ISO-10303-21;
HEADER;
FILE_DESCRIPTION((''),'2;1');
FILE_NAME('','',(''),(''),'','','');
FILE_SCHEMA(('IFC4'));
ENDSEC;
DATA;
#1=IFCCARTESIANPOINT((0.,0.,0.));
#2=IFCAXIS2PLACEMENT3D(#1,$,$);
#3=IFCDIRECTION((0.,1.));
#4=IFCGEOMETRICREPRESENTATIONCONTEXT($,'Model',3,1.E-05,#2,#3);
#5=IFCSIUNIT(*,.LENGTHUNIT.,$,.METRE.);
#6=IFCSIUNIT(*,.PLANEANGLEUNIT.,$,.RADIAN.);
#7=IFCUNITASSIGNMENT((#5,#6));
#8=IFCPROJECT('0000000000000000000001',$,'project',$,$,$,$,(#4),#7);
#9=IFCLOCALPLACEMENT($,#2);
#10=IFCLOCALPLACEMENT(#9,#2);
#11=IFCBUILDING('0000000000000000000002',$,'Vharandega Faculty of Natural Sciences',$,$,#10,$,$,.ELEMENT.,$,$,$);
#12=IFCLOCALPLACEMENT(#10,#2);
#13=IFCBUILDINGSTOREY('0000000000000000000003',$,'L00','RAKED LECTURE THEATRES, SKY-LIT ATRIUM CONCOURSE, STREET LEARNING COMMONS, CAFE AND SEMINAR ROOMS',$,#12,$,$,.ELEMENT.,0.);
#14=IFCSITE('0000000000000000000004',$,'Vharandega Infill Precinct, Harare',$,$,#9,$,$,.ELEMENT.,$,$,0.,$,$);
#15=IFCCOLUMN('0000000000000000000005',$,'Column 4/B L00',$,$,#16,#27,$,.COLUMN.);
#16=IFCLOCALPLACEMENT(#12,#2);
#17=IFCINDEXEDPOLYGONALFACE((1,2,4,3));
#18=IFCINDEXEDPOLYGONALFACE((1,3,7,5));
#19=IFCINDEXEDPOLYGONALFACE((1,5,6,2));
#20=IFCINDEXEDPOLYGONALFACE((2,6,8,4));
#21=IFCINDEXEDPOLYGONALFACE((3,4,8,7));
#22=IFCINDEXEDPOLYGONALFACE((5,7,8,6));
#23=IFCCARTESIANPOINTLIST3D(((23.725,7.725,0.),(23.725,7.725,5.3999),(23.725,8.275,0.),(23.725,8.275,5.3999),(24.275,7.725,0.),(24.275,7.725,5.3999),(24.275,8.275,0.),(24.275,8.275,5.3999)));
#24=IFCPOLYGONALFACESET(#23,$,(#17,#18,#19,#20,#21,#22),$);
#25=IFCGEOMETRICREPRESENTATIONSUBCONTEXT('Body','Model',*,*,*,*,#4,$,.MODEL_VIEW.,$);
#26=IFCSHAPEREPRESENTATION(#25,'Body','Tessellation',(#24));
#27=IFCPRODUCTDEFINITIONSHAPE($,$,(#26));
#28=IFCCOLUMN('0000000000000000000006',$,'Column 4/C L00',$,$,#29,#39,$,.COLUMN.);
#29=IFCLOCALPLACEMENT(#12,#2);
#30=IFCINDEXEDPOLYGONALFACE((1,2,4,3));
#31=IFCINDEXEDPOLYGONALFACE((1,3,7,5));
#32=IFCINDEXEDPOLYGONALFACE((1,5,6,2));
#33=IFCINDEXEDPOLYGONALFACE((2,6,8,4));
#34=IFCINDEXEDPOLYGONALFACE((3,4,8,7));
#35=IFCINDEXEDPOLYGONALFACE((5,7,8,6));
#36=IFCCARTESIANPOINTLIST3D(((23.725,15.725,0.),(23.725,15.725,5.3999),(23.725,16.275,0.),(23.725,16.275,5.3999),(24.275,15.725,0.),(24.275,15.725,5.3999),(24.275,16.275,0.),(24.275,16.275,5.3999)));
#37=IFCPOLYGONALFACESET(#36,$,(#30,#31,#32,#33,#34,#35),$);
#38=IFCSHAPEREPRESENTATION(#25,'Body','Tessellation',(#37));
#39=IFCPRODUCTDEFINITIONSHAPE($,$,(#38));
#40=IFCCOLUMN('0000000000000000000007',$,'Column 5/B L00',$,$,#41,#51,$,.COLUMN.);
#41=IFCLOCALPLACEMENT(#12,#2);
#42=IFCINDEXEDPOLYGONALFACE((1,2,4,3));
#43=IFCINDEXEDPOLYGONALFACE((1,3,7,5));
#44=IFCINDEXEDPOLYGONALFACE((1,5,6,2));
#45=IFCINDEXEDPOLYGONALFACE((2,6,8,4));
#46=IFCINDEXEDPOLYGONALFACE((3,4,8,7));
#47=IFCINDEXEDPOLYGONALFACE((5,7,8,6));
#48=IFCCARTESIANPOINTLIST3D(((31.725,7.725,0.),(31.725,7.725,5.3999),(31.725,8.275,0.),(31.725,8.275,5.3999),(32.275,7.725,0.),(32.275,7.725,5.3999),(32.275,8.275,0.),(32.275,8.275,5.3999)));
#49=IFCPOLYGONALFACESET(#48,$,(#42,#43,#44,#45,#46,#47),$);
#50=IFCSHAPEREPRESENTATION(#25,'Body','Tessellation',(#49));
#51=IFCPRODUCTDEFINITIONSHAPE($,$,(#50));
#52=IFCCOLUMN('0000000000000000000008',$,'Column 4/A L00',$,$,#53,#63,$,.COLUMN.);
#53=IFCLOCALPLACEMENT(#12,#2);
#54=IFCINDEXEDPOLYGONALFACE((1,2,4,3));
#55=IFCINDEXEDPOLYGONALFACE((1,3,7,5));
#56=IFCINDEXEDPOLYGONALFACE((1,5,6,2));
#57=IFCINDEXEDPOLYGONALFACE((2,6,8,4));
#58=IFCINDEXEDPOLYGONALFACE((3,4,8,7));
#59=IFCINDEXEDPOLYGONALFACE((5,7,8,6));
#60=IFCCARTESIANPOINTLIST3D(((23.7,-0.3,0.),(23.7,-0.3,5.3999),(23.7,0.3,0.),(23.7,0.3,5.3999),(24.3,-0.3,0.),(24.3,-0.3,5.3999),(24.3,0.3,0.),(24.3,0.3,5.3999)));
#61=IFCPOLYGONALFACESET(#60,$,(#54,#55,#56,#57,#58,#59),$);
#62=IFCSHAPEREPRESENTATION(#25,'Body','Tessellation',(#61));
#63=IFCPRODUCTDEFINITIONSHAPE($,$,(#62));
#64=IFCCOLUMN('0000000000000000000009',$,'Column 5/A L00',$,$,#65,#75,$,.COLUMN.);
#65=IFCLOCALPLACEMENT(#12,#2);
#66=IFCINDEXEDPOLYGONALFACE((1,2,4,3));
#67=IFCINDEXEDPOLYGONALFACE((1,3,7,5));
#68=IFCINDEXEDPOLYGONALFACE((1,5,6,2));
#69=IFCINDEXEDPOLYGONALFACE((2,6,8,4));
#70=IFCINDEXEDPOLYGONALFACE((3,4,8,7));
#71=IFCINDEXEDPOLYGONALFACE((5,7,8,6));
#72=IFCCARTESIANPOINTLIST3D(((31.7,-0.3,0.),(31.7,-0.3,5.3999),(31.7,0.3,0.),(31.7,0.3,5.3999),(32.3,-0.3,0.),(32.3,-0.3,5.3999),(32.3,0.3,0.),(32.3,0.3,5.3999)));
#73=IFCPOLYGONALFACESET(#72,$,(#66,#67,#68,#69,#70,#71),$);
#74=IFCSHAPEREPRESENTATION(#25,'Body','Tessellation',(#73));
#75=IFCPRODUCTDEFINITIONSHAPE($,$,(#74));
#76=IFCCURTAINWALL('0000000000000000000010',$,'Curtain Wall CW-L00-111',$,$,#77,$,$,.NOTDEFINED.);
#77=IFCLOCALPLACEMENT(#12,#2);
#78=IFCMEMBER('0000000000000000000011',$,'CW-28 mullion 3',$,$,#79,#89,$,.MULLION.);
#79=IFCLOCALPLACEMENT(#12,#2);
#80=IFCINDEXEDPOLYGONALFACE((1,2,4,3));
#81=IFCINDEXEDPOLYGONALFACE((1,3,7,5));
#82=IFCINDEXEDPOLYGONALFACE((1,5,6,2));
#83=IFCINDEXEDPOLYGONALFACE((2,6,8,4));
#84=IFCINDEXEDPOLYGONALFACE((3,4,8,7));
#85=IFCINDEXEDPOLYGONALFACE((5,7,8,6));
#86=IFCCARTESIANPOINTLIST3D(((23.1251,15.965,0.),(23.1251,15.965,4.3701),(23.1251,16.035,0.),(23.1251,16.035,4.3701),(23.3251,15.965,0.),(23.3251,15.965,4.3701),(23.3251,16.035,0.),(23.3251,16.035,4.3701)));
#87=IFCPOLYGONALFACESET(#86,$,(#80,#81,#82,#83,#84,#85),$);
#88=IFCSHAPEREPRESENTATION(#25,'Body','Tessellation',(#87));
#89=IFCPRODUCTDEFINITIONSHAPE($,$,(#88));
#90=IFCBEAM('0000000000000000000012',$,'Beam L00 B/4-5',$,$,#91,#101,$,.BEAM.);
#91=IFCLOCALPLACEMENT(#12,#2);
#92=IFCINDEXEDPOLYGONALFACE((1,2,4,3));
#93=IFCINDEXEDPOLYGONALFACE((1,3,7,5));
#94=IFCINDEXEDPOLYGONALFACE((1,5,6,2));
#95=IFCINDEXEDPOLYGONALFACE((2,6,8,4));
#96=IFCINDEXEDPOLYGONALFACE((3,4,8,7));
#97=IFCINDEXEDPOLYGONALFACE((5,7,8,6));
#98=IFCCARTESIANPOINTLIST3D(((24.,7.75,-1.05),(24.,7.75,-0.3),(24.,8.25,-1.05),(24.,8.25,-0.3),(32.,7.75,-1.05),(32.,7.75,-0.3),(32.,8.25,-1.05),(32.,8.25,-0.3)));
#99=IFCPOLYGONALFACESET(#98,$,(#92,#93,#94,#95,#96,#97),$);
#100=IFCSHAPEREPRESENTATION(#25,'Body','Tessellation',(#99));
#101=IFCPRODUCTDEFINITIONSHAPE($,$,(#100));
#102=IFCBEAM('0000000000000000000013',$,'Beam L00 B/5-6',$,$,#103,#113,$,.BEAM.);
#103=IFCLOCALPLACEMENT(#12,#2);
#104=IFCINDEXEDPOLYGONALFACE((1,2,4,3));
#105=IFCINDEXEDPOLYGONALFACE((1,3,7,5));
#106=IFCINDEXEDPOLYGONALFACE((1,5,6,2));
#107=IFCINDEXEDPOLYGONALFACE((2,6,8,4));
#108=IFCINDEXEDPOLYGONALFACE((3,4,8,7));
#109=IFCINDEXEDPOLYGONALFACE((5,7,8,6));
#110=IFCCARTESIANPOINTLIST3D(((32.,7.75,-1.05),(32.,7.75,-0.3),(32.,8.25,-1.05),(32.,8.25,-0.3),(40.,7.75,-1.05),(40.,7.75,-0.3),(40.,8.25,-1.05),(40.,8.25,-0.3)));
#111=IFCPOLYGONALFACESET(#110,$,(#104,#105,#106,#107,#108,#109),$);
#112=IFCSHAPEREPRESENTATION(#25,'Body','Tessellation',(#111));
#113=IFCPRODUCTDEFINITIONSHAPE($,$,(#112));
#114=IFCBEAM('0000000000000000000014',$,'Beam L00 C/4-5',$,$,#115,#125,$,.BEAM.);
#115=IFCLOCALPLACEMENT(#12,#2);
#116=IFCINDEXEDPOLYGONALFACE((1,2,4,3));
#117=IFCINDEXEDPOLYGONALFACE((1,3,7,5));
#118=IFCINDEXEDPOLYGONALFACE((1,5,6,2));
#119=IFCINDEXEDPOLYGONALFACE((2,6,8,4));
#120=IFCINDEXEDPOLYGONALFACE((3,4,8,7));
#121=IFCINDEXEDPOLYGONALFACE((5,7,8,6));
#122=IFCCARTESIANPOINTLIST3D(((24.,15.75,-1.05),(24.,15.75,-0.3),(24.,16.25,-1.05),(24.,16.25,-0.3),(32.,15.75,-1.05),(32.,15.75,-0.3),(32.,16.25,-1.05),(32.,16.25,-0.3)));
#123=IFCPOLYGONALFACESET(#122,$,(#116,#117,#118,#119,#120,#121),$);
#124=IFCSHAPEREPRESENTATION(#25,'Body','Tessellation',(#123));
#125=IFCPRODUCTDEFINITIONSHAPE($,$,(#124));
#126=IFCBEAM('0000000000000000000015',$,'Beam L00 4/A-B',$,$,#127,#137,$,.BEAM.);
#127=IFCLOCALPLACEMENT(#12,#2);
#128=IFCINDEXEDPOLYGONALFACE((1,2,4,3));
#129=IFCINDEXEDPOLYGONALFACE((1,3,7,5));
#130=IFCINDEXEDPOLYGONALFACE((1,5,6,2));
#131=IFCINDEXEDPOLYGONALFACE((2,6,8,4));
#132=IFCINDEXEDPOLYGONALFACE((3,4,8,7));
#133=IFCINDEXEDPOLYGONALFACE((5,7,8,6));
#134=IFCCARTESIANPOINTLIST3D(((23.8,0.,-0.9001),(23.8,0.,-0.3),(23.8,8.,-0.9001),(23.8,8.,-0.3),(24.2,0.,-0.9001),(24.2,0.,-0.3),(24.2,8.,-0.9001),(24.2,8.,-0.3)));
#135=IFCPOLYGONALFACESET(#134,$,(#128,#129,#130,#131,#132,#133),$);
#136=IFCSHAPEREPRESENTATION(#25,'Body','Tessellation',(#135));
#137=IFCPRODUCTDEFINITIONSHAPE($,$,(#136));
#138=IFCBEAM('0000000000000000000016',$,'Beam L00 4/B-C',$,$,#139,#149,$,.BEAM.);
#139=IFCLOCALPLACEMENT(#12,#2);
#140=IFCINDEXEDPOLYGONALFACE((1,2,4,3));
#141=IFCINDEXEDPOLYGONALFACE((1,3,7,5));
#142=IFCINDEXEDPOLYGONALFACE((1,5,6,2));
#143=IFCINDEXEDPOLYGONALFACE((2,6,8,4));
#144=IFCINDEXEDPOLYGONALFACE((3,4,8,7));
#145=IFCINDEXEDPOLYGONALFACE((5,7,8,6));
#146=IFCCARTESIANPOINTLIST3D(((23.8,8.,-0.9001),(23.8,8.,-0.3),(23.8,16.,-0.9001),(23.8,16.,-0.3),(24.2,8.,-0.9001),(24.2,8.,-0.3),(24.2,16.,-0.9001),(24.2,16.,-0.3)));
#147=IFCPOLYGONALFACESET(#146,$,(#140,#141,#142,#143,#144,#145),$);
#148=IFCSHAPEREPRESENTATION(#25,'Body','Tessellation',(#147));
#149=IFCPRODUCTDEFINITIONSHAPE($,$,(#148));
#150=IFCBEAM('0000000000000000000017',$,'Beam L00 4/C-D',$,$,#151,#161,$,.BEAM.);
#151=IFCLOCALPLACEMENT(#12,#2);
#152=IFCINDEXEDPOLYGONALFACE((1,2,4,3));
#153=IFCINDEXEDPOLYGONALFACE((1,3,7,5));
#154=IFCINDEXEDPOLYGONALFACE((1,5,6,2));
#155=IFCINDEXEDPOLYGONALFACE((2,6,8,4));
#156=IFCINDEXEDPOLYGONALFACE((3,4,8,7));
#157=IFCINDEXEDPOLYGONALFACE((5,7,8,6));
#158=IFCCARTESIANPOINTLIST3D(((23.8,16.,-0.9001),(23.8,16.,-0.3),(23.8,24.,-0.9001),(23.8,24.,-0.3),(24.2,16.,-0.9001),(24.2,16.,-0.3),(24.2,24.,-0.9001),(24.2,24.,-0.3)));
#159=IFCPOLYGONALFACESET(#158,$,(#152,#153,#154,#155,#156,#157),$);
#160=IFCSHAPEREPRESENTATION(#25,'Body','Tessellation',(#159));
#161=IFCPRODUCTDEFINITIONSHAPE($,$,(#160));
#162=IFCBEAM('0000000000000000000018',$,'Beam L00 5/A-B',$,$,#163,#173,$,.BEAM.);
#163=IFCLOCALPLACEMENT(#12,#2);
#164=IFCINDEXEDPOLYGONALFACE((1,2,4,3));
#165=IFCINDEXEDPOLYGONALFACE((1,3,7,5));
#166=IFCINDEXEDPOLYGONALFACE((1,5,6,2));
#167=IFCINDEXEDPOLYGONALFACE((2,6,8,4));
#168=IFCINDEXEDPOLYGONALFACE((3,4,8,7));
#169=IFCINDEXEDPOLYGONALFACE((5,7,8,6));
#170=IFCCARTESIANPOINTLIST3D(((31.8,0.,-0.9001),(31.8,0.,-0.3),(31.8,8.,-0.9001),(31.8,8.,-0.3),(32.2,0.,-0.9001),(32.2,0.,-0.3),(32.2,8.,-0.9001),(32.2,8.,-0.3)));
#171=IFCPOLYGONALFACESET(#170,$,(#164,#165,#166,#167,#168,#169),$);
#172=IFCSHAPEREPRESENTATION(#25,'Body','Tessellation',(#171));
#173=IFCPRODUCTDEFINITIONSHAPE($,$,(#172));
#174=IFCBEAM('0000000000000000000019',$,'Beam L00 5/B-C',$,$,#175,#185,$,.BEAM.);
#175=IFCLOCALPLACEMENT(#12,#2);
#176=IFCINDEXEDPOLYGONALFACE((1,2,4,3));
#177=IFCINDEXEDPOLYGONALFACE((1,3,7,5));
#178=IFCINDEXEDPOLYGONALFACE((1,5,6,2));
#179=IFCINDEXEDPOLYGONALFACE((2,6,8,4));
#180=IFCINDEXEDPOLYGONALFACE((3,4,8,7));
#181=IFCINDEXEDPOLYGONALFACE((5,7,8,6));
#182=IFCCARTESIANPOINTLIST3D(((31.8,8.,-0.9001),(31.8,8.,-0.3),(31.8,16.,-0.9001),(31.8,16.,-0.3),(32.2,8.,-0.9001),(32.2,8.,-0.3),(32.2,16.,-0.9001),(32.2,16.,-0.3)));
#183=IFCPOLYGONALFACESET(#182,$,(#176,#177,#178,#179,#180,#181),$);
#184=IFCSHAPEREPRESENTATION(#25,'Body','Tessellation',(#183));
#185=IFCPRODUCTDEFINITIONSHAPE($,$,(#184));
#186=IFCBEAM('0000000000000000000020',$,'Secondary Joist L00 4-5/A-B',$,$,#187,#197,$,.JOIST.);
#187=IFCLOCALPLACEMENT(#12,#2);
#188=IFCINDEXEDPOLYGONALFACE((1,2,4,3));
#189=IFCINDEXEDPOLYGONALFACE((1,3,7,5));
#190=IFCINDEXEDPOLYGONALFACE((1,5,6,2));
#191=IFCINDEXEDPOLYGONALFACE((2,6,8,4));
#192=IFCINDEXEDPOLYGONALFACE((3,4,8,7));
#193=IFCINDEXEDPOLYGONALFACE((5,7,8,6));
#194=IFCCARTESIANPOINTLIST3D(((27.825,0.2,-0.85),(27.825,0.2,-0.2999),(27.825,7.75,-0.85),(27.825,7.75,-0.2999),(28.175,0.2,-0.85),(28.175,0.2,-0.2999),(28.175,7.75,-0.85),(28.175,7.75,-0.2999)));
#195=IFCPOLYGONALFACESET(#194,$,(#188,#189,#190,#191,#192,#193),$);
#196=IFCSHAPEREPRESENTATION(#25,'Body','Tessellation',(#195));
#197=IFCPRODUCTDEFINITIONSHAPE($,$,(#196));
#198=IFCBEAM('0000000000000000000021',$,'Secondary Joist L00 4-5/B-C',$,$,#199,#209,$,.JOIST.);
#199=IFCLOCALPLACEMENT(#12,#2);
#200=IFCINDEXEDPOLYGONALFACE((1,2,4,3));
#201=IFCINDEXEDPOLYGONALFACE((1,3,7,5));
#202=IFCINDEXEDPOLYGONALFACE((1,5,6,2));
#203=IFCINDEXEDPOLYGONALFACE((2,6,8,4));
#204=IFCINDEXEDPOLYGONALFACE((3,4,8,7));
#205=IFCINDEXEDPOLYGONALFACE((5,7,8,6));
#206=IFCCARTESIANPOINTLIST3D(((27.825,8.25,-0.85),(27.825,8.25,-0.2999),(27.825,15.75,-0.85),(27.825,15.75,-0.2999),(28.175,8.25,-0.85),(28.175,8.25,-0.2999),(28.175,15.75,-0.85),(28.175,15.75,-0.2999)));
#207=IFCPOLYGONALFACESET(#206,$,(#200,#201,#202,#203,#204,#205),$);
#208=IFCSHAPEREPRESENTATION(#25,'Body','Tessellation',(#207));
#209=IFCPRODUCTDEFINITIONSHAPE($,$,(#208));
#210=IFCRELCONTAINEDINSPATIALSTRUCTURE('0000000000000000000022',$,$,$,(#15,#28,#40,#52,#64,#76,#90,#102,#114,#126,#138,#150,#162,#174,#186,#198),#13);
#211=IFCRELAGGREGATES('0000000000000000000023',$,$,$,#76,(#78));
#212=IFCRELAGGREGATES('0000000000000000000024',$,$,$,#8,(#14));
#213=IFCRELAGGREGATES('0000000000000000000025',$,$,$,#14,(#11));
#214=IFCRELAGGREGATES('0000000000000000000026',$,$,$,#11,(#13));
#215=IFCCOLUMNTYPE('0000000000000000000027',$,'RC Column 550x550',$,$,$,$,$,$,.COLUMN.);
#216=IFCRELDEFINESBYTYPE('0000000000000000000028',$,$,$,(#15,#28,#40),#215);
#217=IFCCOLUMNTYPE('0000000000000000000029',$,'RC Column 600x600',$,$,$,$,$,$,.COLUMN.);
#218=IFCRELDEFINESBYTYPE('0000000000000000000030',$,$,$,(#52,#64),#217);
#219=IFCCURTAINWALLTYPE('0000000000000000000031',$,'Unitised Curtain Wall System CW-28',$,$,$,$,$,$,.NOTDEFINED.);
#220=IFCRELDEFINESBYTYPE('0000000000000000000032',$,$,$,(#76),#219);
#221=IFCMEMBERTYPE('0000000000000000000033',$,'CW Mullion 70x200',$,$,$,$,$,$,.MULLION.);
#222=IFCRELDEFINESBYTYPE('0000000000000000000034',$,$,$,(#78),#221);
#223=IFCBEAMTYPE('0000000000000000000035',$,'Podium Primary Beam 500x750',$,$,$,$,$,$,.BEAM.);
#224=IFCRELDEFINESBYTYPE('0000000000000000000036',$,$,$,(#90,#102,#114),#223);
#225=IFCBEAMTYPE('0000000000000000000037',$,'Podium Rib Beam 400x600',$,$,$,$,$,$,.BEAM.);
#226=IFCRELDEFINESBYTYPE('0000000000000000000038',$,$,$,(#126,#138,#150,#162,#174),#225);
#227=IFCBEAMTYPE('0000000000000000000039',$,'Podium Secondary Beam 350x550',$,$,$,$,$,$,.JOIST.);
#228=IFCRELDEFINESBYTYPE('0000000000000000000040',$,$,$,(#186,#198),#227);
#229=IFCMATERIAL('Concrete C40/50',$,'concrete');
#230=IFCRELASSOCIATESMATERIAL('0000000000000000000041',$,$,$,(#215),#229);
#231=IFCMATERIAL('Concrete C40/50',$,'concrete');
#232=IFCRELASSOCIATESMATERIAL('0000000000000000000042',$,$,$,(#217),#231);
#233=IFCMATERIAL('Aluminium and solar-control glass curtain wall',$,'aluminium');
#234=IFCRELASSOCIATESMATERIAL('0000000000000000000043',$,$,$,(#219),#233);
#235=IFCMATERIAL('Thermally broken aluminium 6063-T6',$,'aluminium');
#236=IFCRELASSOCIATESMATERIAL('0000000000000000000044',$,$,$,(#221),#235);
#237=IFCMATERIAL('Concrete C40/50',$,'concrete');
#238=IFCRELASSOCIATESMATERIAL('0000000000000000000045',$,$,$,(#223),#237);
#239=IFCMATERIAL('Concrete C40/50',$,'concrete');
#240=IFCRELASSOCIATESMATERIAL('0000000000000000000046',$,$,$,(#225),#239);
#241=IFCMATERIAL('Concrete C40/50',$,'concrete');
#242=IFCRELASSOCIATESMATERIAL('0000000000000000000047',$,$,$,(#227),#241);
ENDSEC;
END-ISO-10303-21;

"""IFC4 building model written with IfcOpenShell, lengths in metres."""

from ifc_helpers import new_model, si_unit, direction, frame, origin, origin_2d, place, context, subcontext, project, spatial, rectangle, extrude, material, material_profile, profile_set, type_object, element, aggregate, save


model = new_model("IFC4")

# Units and contexts
model_context = context("Model", 3, precision=1e-05, world=origin(), true_north=direction((0.0, 1.0)))
body_context = subcontext(model_context, "Body", "Model", "MODEL_VIEW")
ifc_project = project(units=[si_unit("LENGTHUNIT", "METRE"), si_unit("PLANEANGLEUNIT", "RADIAN")], contexts=[model_context])

# Site, building, storey
site_placement = place(None, origin())
site = spatial("IfcSite", under=ifc_project, at=site_placement, Name="Vharandega Infill Precinct, Harare", CompositionType="ELEMENT", RefElevation=0.0)
building_placement = place(site_placement, origin())
building = spatial("IfcBuilding", under=site, at=building_placement, Name="Vharandega Faculty of Natural Sciences", CompositionType="ELEMENT")
storey_placement = place(building_placement, origin())
storey = spatial("IfcBuildingStorey", under=building, at=storey_placement, Name="L00", Description="RAKED LECTURE THEATRES, SKY-LIT ATRIUM CONCOURSE, STREET LEARNING COMMONS, CAFE AND SEMINAR ROOMS", CompositionType="ELEMENT", Elevation=0.0)

# Columns
ifc_material_1 = material(Name="Concrete C40/50", Category="concrete")
ifc_material_profile_1 = material_profile(ifc_material_1, rectangle(XDim=0.55, YDim=0.55, at=origin_2d()), Name="RC 550x550")
ifc_profile_set_1 = profile_set([ifc_material_profile_1], Name="Concrete C40/50")
column_type_1 = type_object("IfcColumnType", Name="RC Column 550x550", PredefinedType="COLUMN", material=ifc_profile_set_1)
for number, where, z_axis, x_axis, name in (
    (1, (24.0, 8.0, 0.0), (0.0, 0.0, 1.0), (1.0, 0.0, 0.0), "Column 4/B L00"),
    (2, (24.0, 16.0, 0.0), (0.0, 0.0, 1.0), (1.0, 0.0, 0.0), "Column 4/C L00"),
    (3, (32.0, 8.0, 0.0), (0.0, 0.0, 1.0), (1.0, 0.0, 0.0), "Column 5/B L00"),
):
    element("IfcColumn", number, at=place(storey_placement, frame(where, z_axis=z_axis, x_axis=x_axis)), inside=storey, type_object=column_type_1, Name=name, PredefinedType="COLUMN", context=body_context, shape_type="SweptSolid", body=[
        extrude(rectangle(XDim=0.55, YDim=0.55, at=origin_2d()), origin(), (0.0, 0.0, 1.0), 5.3999),
    ])
ifc_material_2 = material(Name="Concrete C40/50", Category="concrete")
ifc_material_profile_2 = material_profile(ifc_material_2, rectangle(XDim=0.6001, YDim=0.6001, at=origin_2d()), Name="RC 600x600")
ifc_profile_set_2 = profile_set([ifc_material_profile_2], Name="Concrete C40/50")
column_type_2 = type_object("IfcColumnType", Name="RC Column 600x600", PredefinedType="COLUMN", material=ifc_profile_set_2)
for number, where, z_axis, x_axis, name in (
    (4, (24.0, 0.0, 0.0), (0.0, 0.0, 1.0), (1.0, 0.0, 0.0), "Column 4/A L00"),
    (5, (32.0, 0.0, 0.0), (0.0, 0.0, 1.0), (1.0, 0.0, 0.0), "Column 5/A L00"),
):
    element("IfcColumn", number, at=place(storey_placement, frame(where, z_axis=z_axis, x_axis=x_axis)), inside=storey, type_object=column_type_2, Name=name, PredefinedType="COLUMN", context=body_context, shape_type="SweptSolid", body=[
        extrude(rectangle(XDim=0.6001, YDim=0.6001, at=origin_2d()), origin(), (0.0, 0.0, 1.0), 5.3999),
    ])

# Curtain wall, member
ifc_material_3 = material(Name="Aluminium and solar-control glass curtain wall", Category="aluminium")
curtain_wall_type = type_object("IfcCurtainWallType", Name="Unitised Curtain Wall System CW-28", PredefinedType="NOTDEFINED", material=ifc_material_3)
curtain_wall_placement = place(storey_placement, origin())
curtain_wall = element("IfcCurtainWall", 6, at=curtain_wall_placement, inside=storey, type_object=curtain_wall_type, Name="Curtain Wall CW-L00-111", PredefinedType="NOTDEFINED")
ifc_material_4 = material(Name="Thermally broken aluminium 6063-T6", Category="aluminium")
ifc_material_profile_3 = material_profile(ifc_material_4, rectangle(XDim=0.0701, YDim=0.2, at=origin_2d()), Name="ALU 70x200")
ifc_profile_set_3 = profile_set([ifc_material_profile_3], Name="Thermally broken aluminium 6063-T6")
member_type = type_object("IfcMemberType", Name="CW Mullion 70x200", PredefinedType="MULLION", material=ifc_profile_set_3)
member_placement = place(storey_placement, frame((23.2251, 16.0, 0.0), z_axis=(0.0, 0.0, 1.0), x_axis=(0.0, 1.0, 0.0)))
member = element("IfcMember", 7, at=member_placement, type_object=member_type, Name="CW-28 mullion 3", PredefinedType="MULLION", context=body_context, shape_type="SweptSolid", body=[
    extrude(rectangle(XDim=0.0701, YDim=0.2, at=origin_2d()), origin(), (0.0, 0.0, 1.0), 4.3701),
])

# Beams
ifc_material_5 = material(Name="Concrete C40/50", Category="concrete")
ifc_material_profile_4 = material_profile(ifc_material_5, rectangle(XDim=0.5, YDim=0.75, at=origin_2d()), Name="RC 500x750")
ifc_profile_set_4 = profile_set([ifc_material_profile_4], Name="Concrete C40/50")
beam_type_1 = type_object("IfcBeamType", Name="Podium Primary Beam 500x750", PredefinedType="BEAM", material=ifc_profile_set_4)
for number, where, z_axis, x_axis, name in (
    (8, (24.0, 8.0, -0.675), (1.0, 0.0, 0.0), (0.0, 1.0, 0.0), "Beam L00 B/4-5"),
    (9, (32.0, 8.0, -0.675), (1.0, 0.0, 0.0), (0.0, 1.0, 0.0), "Beam L00 B/5-6"),
    (10, (24.0, 16.0, -0.675), (1.0, 0.0, 0.0), (0.0, 1.0, 0.0), "Beam L00 C/4-5"),
):
    element("IfcBeam", number, at=place(storey_placement, frame(where, z_axis=z_axis, x_axis=x_axis)), inside=storey, type_object=beam_type_1, Name=name, PredefinedType="BEAM", context=body_context, shape_type="SweptSolid", body=[
        extrude(rectangle(XDim=0.5, YDim=0.75, at=origin_2d()), origin(), (0.0, 0.0, 1.0), 8.0),
    ])
ifc_material_6 = material(Name="Concrete C40/50", Category="concrete")
ifc_material_profile_5 = material_profile(ifc_material_6, rectangle(XDim=0.3999, YDim=0.6001, at=origin_2d()), Name="RC 400x600")
ifc_profile_set_5 = profile_set([ifc_material_profile_5], Name="Concrete C40/50")
beam_type_2 = type_object("IfcBeamType", Name="Podium Rib Beam 400x600", PredefinedType="BEAM", material=ifc_profile_set_5)
for number, where, z_axis, x_axis, name in (
    (11, (24.0, 0.0, -0.6001), (0.0, 1.0, 0.0), (-1.0, 0.0, 0.0), "Beam L00 4/A-B"),
    (12, (24.0, 8.0, -0.6001), (0.0, 1.0, 0.0), (-1.0, 0.0, 0.0), "Beam L00 4/B-C"),
    (13, (24.0, 16.0, -0.6001), (0.0, 1.0, 0.0), (-1.0, 0.0, 0.0), "Beam L00 4/C-D"),
    (14, (32.0, 0.0, -0.6001), (0.0, 1.0, 0.0), (-1.0, 0.0, 0.0), "Beam L00 5/A-B"),
    (15, (32.0, 8.0, -0.6001), (0.0, 1.0, 0.0), (-1.0, 0.0, 0.0), "Beam L00 5/B-C"),
):
    element("IfcBeam", number, at=place(storey_placement, frame(where, z_axis=z_axis, x_axis=x_axis)), inside=storey, type_object=beam_type_2, Name=name, PredefinedType="BEAM", context=body_context, shape_type="SweptSolid", body=[
        extrude(rectangle(XDim=0.3999, YDim=0.6001, at=origin_2d()), origin(), (0.0, 0.0, 1.0), 8.0),
    ])
ifc_material_7 = material(Name="Concrete C40/50", Category="concrete")
ifc_material_profile_6 = material_profile(ifc_material_7, rectangle(XDim=0.3501, YDim=0.55, at=origin_2d()), Name="RC 350x550")
ifc_profile_set_6 = profile_set([ifc_material_profile_6], Name="Concrete C40/50")
beam_type_3 = type_object("IfcBeamType", Name="Podium Secondary Beam 350x550", PredefinedType="JOIST", material=ifc_profile_set_6)
beam_1_placement = place(storey_placement, frame((28.0, 0.2, -0.575), z_axis=(0.0, 1.0, 0.0), x_axis=(-1.0, 0.0, 0.0)))
element("IfcBeam", 16, at=beam_1_placement, inside=storey, type_object=beam_type_3, Name="Secondary Joist L00 4-5/A-B", PredefinedType="JOIST", context=body_context, shape_type="SweptSolid", body=[
    extrude(rectangle(XDim=0.3501, YDim=0.55, at=origin_2d()), origin(), (0.0, 0.0, 1.0), 7.55),
])
beam_2_placement = place(storey_placement, frame((28.0, 8.25, -0.575), z_axis=(0.0, 1.0, 0.0), x_axis=(-1.0, 0.0, 0.0)))
element("IfcBeam", 17, at=beam_2_placement, inside=storey, type_object=beam_type_3, Name="Secondary Joist L00 4-5/B-C", PredefinedType="JOIST", context=body_context, shape_type="SweptSolid", body=[
    extrude(rectangle(XDim=0.3501, YDim=0.55, at=origin_2d()), origin(), (0.0, 0.0, 1.0), 7.5),
])

aggregate(curtain_wall, [member])

save(model, "model.ifc")
